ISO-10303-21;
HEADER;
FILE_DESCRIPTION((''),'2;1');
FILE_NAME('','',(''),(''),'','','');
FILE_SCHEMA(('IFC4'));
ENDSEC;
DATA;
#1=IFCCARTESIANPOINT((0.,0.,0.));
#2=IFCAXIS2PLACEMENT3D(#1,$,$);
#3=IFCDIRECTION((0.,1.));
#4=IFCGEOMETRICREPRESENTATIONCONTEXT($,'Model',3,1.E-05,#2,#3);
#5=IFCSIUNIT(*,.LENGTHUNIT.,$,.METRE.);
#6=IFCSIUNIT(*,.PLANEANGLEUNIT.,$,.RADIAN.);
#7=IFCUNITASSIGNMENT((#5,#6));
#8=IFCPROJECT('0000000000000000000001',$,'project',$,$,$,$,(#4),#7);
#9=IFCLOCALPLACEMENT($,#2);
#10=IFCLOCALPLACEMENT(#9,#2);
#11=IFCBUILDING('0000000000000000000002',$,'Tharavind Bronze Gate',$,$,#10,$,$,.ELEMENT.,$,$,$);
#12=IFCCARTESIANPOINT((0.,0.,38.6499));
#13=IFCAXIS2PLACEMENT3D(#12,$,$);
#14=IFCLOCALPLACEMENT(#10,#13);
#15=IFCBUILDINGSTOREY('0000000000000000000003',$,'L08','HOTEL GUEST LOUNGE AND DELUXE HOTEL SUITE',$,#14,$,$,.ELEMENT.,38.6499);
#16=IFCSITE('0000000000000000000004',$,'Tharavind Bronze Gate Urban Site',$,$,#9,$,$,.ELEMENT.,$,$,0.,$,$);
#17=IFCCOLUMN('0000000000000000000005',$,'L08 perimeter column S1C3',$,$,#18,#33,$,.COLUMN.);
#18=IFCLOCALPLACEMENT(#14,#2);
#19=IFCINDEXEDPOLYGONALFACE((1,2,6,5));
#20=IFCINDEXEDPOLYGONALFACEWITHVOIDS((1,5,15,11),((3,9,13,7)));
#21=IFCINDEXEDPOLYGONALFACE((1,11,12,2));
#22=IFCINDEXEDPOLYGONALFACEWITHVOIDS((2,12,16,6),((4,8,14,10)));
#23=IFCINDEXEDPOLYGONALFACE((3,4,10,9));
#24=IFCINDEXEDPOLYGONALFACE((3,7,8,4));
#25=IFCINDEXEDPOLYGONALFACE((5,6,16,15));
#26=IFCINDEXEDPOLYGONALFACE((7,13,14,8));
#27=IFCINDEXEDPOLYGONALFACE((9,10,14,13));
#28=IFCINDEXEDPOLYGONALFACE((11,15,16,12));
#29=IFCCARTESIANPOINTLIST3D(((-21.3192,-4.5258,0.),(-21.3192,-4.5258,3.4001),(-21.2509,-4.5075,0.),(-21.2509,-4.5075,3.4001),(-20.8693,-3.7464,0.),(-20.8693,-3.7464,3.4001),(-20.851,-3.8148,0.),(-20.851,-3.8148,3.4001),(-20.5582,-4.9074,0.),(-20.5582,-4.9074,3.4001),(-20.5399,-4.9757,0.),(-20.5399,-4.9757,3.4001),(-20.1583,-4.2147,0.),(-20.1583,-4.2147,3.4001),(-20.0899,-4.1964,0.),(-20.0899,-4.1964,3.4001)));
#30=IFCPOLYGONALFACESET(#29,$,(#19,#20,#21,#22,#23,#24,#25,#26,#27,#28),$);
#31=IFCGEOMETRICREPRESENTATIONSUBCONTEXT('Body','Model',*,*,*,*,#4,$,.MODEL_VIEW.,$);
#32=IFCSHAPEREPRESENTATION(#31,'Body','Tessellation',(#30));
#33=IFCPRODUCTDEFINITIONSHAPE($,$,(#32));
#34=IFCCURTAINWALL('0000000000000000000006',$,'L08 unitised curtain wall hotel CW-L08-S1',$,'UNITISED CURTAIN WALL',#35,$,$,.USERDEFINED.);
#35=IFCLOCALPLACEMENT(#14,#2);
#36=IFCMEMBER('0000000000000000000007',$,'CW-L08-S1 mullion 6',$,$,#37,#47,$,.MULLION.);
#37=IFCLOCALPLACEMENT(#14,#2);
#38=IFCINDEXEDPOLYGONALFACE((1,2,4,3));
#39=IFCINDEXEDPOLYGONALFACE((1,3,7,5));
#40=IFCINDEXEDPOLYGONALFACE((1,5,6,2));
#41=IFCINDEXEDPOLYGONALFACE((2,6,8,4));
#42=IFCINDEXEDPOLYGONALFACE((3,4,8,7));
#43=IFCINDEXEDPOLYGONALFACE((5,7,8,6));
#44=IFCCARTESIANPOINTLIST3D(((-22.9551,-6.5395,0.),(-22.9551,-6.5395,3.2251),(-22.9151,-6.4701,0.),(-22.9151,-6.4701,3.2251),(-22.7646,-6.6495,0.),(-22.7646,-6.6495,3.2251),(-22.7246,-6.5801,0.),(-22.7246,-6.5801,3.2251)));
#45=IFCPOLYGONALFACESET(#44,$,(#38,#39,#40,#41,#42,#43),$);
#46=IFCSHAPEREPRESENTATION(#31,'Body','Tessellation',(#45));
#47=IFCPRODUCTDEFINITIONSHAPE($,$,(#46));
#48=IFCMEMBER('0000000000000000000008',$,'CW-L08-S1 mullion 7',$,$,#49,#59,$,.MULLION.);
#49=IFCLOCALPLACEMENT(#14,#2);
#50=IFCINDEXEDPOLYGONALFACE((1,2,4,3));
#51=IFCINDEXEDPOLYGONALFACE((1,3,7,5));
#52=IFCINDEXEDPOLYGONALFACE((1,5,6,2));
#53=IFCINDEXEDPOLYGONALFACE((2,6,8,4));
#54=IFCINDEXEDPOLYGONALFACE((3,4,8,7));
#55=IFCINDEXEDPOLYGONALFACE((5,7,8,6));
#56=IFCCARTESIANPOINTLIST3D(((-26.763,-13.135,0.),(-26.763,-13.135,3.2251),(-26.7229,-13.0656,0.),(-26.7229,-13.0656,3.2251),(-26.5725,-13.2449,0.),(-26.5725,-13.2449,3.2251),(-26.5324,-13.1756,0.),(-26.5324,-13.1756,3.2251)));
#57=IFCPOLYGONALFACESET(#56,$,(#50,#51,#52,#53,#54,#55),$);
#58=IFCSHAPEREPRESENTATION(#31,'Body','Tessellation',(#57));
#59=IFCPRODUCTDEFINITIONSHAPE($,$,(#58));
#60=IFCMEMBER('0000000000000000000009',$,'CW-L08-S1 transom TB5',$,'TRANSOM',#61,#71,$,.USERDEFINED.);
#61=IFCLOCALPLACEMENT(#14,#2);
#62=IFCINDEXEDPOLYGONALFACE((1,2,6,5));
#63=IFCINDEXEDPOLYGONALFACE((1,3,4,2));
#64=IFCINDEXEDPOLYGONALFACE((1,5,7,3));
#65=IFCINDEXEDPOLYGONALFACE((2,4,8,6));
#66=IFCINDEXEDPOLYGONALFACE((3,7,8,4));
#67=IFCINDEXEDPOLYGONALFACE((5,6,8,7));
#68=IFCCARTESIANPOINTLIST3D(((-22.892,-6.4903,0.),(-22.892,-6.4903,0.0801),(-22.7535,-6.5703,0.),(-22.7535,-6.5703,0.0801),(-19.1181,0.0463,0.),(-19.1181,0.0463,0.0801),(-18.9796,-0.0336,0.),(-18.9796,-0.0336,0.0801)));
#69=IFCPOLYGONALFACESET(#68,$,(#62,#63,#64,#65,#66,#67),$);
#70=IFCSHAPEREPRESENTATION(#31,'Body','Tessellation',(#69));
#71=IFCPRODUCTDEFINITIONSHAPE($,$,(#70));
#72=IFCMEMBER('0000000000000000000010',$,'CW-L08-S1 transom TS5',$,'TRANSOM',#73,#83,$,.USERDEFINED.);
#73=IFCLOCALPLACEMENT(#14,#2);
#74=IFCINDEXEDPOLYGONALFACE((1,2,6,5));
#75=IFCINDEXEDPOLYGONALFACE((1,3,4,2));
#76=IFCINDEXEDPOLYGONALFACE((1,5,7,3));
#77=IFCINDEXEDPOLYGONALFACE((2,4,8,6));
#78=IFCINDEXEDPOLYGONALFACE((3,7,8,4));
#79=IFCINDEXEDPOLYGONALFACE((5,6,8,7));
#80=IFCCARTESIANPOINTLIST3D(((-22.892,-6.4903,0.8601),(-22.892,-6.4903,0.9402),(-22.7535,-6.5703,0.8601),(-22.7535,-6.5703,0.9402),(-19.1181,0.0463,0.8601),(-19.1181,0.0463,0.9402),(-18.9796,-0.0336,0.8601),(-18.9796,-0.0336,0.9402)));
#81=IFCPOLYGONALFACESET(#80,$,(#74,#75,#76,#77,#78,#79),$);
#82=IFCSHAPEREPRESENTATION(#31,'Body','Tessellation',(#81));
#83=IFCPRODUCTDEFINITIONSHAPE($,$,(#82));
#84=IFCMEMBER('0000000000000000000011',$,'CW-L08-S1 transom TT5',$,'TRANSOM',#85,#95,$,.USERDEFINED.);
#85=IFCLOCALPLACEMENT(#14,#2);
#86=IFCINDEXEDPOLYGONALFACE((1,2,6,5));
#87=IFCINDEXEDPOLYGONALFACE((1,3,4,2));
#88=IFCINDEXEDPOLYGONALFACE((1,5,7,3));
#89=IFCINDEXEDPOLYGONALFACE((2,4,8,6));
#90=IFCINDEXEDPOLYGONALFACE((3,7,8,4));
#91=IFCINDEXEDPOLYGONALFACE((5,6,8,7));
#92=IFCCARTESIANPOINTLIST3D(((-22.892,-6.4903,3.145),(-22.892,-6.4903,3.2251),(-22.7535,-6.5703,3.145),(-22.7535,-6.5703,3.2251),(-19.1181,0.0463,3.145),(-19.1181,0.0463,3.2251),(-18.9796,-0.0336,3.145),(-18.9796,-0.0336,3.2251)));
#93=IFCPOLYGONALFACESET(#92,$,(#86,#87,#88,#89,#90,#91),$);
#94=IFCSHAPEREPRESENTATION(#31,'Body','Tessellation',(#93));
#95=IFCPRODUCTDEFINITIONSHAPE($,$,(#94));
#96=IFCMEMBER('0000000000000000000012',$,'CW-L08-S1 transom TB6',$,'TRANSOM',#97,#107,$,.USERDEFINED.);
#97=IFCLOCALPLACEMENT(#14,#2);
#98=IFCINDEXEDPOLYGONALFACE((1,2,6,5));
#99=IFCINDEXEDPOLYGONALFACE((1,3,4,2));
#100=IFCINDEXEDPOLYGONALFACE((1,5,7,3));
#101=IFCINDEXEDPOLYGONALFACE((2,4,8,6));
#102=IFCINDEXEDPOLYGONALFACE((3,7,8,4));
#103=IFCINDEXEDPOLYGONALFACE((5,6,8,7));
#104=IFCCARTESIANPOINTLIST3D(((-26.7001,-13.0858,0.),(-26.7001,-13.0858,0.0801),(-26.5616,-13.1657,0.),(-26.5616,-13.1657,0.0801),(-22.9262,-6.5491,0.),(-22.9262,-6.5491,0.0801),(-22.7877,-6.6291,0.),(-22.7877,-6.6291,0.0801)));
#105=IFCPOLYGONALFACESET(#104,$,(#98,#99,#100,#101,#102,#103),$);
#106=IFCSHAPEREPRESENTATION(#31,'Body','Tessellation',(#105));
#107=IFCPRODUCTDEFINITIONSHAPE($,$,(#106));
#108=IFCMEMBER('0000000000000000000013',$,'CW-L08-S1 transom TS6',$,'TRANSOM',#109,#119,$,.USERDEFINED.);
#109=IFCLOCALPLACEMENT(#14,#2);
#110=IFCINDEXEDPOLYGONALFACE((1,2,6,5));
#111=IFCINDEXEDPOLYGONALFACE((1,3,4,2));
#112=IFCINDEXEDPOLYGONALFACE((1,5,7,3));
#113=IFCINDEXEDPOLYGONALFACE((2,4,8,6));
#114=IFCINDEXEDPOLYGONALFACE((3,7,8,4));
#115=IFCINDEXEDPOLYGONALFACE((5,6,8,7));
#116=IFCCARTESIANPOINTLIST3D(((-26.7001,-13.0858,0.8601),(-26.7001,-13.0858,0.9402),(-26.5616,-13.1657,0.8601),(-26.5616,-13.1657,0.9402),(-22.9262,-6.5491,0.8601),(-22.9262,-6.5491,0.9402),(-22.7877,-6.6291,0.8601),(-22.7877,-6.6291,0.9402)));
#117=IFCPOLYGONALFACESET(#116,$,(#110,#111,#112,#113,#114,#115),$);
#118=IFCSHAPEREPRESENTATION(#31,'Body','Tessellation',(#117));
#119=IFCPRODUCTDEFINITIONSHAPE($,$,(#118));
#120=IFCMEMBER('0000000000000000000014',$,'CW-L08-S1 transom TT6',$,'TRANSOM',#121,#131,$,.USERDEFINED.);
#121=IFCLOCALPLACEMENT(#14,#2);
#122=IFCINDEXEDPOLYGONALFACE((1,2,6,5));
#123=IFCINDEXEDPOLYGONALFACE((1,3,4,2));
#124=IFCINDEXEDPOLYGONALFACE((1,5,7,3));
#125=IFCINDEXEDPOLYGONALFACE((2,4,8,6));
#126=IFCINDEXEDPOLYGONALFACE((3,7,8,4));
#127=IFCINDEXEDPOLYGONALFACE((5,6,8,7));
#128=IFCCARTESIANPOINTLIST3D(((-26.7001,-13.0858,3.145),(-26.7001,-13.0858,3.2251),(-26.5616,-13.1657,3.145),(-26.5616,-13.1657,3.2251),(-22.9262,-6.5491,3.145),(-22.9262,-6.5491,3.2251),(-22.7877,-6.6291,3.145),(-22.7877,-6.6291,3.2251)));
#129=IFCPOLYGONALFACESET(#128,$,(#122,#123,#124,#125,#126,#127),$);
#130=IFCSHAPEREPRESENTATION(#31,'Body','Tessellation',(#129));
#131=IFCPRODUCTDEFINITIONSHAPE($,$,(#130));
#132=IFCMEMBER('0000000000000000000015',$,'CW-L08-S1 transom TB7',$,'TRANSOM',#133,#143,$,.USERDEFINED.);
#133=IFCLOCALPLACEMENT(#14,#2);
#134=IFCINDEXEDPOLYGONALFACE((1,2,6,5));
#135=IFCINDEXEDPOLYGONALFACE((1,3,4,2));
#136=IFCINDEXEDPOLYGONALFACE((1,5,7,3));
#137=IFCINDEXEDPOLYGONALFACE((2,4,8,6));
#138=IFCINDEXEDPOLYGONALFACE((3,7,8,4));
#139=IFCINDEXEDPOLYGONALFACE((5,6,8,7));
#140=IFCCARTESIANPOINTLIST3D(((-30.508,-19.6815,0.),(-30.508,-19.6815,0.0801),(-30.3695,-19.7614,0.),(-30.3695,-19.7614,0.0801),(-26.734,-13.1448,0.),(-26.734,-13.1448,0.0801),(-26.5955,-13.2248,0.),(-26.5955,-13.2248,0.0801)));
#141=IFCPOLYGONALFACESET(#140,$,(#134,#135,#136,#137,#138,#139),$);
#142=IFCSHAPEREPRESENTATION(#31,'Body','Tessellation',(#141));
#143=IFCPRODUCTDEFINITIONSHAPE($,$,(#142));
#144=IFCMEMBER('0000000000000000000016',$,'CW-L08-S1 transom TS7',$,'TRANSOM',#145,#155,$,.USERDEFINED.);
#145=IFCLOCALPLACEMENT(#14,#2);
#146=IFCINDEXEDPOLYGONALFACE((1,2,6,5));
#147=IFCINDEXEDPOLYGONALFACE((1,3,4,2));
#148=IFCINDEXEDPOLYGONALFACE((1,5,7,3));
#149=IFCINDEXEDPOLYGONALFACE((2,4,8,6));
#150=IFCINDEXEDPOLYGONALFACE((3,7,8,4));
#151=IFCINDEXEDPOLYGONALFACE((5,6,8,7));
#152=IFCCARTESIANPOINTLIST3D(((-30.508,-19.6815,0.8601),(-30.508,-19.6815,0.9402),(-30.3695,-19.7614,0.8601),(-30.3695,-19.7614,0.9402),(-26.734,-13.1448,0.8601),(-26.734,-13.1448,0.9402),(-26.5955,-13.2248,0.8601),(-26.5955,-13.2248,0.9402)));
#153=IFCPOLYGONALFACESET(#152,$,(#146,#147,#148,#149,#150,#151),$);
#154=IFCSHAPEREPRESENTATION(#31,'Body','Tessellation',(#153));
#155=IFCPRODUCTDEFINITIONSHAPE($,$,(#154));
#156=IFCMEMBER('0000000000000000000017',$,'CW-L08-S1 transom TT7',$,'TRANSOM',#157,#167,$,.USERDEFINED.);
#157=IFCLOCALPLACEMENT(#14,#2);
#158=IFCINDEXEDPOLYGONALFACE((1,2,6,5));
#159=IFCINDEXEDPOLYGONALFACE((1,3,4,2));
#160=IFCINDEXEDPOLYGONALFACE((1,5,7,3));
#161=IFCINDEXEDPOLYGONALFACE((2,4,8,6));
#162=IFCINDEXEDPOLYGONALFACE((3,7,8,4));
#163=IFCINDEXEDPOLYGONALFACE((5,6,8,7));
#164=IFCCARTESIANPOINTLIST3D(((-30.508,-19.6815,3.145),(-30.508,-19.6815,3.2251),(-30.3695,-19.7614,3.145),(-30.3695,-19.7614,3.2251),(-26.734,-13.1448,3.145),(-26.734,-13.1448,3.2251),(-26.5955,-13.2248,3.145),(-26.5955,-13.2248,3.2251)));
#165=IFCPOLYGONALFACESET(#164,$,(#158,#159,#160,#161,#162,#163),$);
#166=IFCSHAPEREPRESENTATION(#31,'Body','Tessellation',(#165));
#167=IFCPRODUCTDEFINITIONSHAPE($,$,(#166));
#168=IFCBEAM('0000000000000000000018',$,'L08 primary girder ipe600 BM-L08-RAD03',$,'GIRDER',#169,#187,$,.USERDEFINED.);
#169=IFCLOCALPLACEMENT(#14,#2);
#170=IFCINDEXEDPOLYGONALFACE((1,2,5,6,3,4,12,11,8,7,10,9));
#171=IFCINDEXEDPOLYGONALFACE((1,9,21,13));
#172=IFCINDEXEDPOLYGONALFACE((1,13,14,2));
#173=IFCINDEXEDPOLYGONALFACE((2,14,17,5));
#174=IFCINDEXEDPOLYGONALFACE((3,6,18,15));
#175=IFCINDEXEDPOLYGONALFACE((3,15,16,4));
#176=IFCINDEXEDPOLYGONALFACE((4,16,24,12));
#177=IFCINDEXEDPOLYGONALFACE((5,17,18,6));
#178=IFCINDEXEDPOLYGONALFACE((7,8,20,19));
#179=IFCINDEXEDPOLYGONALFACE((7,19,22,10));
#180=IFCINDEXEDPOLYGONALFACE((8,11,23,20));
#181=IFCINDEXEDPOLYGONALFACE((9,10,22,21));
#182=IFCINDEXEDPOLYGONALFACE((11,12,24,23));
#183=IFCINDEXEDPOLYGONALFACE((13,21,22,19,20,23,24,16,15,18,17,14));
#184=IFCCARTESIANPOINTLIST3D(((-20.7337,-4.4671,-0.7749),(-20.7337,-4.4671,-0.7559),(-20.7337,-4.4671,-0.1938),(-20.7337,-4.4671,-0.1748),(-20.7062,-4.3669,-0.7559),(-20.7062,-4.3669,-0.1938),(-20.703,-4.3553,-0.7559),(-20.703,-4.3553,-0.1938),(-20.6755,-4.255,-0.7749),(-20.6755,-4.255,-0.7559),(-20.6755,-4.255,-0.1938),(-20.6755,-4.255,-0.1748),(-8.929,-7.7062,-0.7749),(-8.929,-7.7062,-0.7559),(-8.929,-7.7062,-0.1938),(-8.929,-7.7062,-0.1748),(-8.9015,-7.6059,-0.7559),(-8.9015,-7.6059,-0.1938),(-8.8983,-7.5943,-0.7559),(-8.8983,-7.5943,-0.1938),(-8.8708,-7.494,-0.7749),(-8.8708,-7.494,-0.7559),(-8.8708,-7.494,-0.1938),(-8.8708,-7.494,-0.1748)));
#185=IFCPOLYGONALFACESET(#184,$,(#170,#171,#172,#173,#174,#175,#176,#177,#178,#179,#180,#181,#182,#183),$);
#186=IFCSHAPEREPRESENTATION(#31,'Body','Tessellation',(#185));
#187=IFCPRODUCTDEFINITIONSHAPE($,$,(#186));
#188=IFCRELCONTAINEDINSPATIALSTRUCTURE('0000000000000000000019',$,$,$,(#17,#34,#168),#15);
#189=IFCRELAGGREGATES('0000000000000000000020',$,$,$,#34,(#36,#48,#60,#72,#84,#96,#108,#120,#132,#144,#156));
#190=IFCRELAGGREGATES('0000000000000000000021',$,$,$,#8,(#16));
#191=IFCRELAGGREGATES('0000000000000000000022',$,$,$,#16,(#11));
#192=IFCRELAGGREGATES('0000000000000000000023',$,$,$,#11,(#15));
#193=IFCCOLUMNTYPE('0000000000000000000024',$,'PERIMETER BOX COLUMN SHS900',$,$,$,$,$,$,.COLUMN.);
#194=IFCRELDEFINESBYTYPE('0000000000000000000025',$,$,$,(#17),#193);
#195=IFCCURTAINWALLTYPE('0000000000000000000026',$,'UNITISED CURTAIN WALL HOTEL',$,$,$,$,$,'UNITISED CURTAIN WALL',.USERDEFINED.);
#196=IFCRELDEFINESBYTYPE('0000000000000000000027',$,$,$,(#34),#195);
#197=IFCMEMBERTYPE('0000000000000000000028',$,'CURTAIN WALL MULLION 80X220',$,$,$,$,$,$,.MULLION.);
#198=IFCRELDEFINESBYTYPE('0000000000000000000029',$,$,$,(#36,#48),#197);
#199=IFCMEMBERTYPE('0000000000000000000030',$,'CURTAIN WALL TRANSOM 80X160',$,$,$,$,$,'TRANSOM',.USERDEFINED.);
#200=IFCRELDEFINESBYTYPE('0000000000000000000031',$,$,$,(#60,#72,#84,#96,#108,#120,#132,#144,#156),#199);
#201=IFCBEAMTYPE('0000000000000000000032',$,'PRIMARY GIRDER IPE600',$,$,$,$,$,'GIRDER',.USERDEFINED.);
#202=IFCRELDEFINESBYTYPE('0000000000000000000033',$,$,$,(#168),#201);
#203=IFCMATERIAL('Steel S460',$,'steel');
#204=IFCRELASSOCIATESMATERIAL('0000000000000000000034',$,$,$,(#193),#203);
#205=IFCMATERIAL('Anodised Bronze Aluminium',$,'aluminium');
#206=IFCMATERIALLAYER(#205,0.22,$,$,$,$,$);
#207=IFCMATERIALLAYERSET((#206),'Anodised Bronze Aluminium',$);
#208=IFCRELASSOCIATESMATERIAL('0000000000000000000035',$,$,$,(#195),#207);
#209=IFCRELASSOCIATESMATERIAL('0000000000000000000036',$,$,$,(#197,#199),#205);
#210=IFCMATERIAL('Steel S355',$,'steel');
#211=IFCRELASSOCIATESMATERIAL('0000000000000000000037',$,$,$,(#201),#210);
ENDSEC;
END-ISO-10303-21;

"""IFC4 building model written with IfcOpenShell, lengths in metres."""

from ifc_helpers import new_model, si_unit, direction, frame, origin, origin_2d, place, context, subcontext, project, spatial, rectangle, hollow_rectangle, i_section, extrude, material, layer, layer_set, material_profile, profile_set, type_object, element, aggregate, save


model = new_model("IFC4")

# Units and contexts
model_context = context("Model", 3, precision=1e-05, world=origin(), true_north=direction((0.0, 1.0)))
body_context = subcontext(model_context, "Body", "Model", "MODEL_VIEW")
ifc_project = project(units=[si_unit("LENGTHUNIT", "METRE"), si_unit("PLANEANGLEUNIT", "RADIAN")], contexts=[model_context])

# Site, building, storey
site_placement = place(None, origin())
site = spatial("IfcSite", under=ifc_project, at=site_placement, Name="Tharavind Bronze Gate Urban Site", CompositionType="ELEMENT", RefElevation=0.0)
building_placement = place(site_placement, origin())
building = spatial("IfcBuilding", under=site, at=building_placement, Name="Tharavind Bronze Gate", CompositionType="ELEMENT")
storey_placement = place(building_placement, frame((0.0, 0.0, 38.6499)))
storey = spatial("IfcBuildingStorey", under=building, at=storey_placement, Name="L08", Description="HOTEL GUEST LOUNGE AND DELUXE HOTEL SUITE", CompositionType="ELEMENT", Elevation=38.6499)

# Column
ifc_material_1 = material(Name="Steel S460", Category="steel")
ifc_material_profile_1 = material_profile(ifc_material_1, hollow_rectangle(XDim=0.8999, YDim=0.8999, WallThickness=0.05, at=origin_2d()), Name="SHS900X50")
ifc_profile_set_1 = profile_set([ifc_material_profile_1], Name="Steel S460")
column_type = type_object("IfcColumnType", Name="PERIMETER BOX COLUMN SHS900", PredefinedType="COLUMN", material=ifc_profile_set_1)
column_placement = place(storey_placement, frame((-20.7046, -4.3611, 0.0), z_axis=(0.0, 0.0, 1.0), x_axis=(0.500002, 0.866025, 0.0)))
element("IfcColumn", 1, at=column_placement, inside=storey, type_object=column_type, Name="L08 perimeter column S1C3", PredefinedType="COLUMN", context=body_context, shape_type="SweptSolid", body=[
    extrude(hollow_rectangle(XDim=0.8999, YDim=0.8999, WallThickness=0.05, at=origin_2d()), origin(), (0.0, 0.0, 1.0), 3.4001),
])

# Curtain wall, members
ifc_material_2 = material(Name="Anodised Bronze Aluminium", Category="aluminium")
ifc_layer_1 = layer(ifc_material_2, 0.22)
ifc_layer_set_1 = layer_set([ifc_layer_1], Name="Anodised Bronze Aluminium")
curtain_wall_type = type_object("IfcCurtainWallType", Name="UNITISED CURTAIN WALL HOTEL", ElementType="UNITISED CURTAIN WALL", PredefinedType="USERDEFINED", material=ifc_layer_set_1)
curtain_wall_placement = place(storey_placement, origin())
curtain_wall = element("IfcCurtainWall", 2, at=curtain_wall_placement, inside=storey, type_object=curtain_wall_type, Name="L08 unitised curtain wall hotel CW-L08-S1", ObjectType="UNITISED CURTAIN WALL", PredefinedType="USERDEFINED")
member_type_1 = type_object("IfcMemberType", Name="CURTAIN WALL MULLION 80X220", PredefinedType="MULLION", material=ifc_material_2)
member_1_placement = place(storey_placement, frame((-22.8398, -6.5598, 0.0), z_axis=(0.0, 0.0, 1.0), x_axis=(-0.500002, -0.866025, 0.0)))
member_1 = element("IfcMember", 3, at=member_1_placement, type_object=member_type_1, Name="CW-L08-S1 mullion 6", PredefinedType="MULLION", context=body_context, shape_type="SweptSolid", body=[
    extrude(rectangle(XDim=0.0801, YDim=0.22, at=origin_2d()), origin(), (0.0, 0.0, 1.0), 3.2251),
])
member_2_placement = place(storey_placement, frame((-26.6477, -13.1553, 0.0), z_axis=(0.0, 0.0, 1.0), x_axis=(-0.500002, -0.866025, 0.0)))
member_2 = element("IfcMember", 4, at=member_2_placement, type_object=member_type_1, Name="CW-L08-S1 mullion 7", PredefinedType="MULLION", context=body_context, shape_type="SweptSolid", body=[
    extrude(rectangle(XDim=0.0801, YDim=0.22, at=origin_2d()), origin(), (0.0, 0.0, 1.0), 3.2251),
])
member_type_2 = type_object("IfcMemberType", Name="CURTAIN WALL TRANSOM 80X160", ElementType="TRANSOM", PredefinedType="USERDEFINED", material=ifc_material_2)
member_3_placement = place(storey_placement, frame((-20.9358, -3.262, 0.0), z_axis=(0.0, 0.0, 1.0), x_axis=(-0.500002, -0.866025, 0.0)))
member_3 = element("IfcMember", 5, at=member_3_placement, type_object=member_type_2, Name="CW-L08-S1 transom TB5", ObjectType="TRANSOM", PredefinedType="USERDEFINED", context=body_context, shape_type="SweptSolid", body=[
    extrude(rectangle(XDim=7.5479, YDim=0.1599, at=origin_2d()), origin(), (0.0, 0.0, 1.0), 0.0801),
])
member_4_placement = place(storey_placement, frame((-20.9358, -3.262, 0.8601), z_axis=(0.0, 0.0, 1.0), x_axis=(-0.500002, -0.866025, 0.0)))
member_4 = element("IfcMember", 6, at=member_4_placement, type_object=member_type_2, Name="CW-L08-S1 transom TS5", ObjectType="TRANSOM", PredefinedType="USERDEFINED", context=body_context, shape_type="SweptSolid", body=[
    extrude(rectangle(XDim=7.5479, YDim=0.1599, at=origin_2d()), origin(), (0.0, 0.0, 1.0), 0.0801),
])
member_5_placement = place(storey_placement, frame((-20.9358, -3.262, 3.145), z_axis=(0.0, 0.0, 1.0), x_axis=(-0.500002, -0.866025, 0.0)))
member_5 = element("IfcMember", 7, at=member_5_placement, type_object=member_type_2, Name="CW-L08-S1 transom TT5", ObjectType="TRANSOM", PredefinedType="USERDEFINED", context=body_context, shape_type="SweptSolid", body=[
    extrude(rectangle(XDim=7.5479, YDim=0.1599, at=origin_2d()), origin(), (0.0, 0.0, 1.0), 0.0801),
])
member_6_placement = place(storey_placement, frame((-24.7439, -9.8574, 0.0), z_axis=(0.0, 0.0, 1.0), x_axis=(-0.500002, -0.866025, 0.0)))
member_6 = element("IfcMember", 8, at=member_6_placement, type_object=member_type_2, Name="CW-L08-S1 transom TB6", ObjectType="TRANSOM", PredefinedType="USERDEFINED", context=body_context, shape_type="SweptSolid", body=[
    extrude(rectangle(XDim=7.5479, YDim=0.1599, at=origin_2d()), origin(), (0.0, 0.0, 1.0), 0.0801),
])
member_7_placement = place(storey_placement, frame((-24.7439, -9.8574, 0.8601), z_axis=(0.0, 0.0, 1.0), x_axis=(-0.500002, -0.866025, 0.0)))
member_7 = element("IfcMember", 9, at=member_7_placement, type_object=member_type_2, Name="CW-L08-S1 transom TS6", ObjectType="TRANSOM", PredefinedType="USERDEFINED", context=body_context, shape_type="SweptSolid", body=[
    extrude(rectangle(XDim=7.5479, YDim=0.1599, at=origin_2d()), origin(), (0.0, 0.0, 1.0), 0.0801),
])
member_8_placement = place(storey_placement, frame((-24.7439, -9.8574, 3.145), z_axis=(0.0, 0.0, 1.0), x_axis=(-0.500002, -0.866025, 0.0)))
member_8 = element("IfcMember", 10, at=member_8_placement, type_object=member_type_2, Name="CW-L08-S1 transom TT6", ObjectType="TRANSOM", PredefinedType="USERDEFINED", context=body_context, shape_type="SweptSolid", body=[
    extrude(rectangle(XDim=7.5479, YDim=0.1599, at=origin_2d()), origin(), (0.0, 0.0, 1.0), 0.0801),
])
member_9_placement = place(storey_placement, frame((-28.5518, -16.4531, 0.0), z_axis=(0.0, 0.0, 1.0), x_axis=(-0.500002, -0.866025, 0.0)))
member_9 = element("IfcMember", 11, at=member_9_placement, type_object=member_type_2, Name="CW-L08-S1 transom TB7", ObjectType="TRANSOM", PredefinedType="USERDEFINED", context=body_context, shape_type="SweptSolid", body=[
    extrude(rectangle(XDim=7.5479, YDim=0.1599, at=origin_2d()), origin(), (0.0, 0.0, 1.0), 0.0801),
])
member_10_placement = place(storey_placement, frame((-28.5518, -16.4531, 0.8601), z_axis=(0.0, 0.0, 1.0), x_axis=(-0.500002, -0.866025, 0.0)))
member_10 = element("IfcMember", 12, at=member_10_placement, type_object=member_type_2, Name="CW-L08-S1 transom TS7", ObjectType="TRANSOM", PredefinedType="USERDEFINED", context=body_context, shape_type="SweptSolid", body=[
    extrude(rectangle(XDim=7.5479, YDim=0.1599, at=origin_2d()), origin(), (0.0, 0.0, 1.0), 0.0801),
])
member_11_placement = place(storey_placement, frame((-28.5518, -16.4531, 3.145), z_axis=(0.0, 0.0, 1.0), x_axis=(-0.500002, -0.866025, 0.0)))
member_11 = element("IfcMember", 13, at=member_11_placement, type_object=member_type_2, Name="CW-L08-S1 transom TT7", ObjectType="TRANSOM", PredefinedType="USERDEFINED", context=body_context, shape_type="SweptSolid", body=[
    extrude(rectangle(XDim=7.5479, YDim=0.1599, at=origin_2d()), origin(), (0.0, 0.0, 1.0), 0.0801),
])

# Beam
ifc_material_3 = material(Name="Steel S355", Category="steel")
ifc_material_profile_2 = material_profile(ifc_material_3, i_section(OverallWidth=0.22, OverallDepth=0.6001, WebThickness=0.012, FlangeThickness=0.019, at=origin_2d()), Name="IPE600")
ifc_profile_set_2 = profile_set([ifc_material_profile_2], Name="Steel S355")
beam_type_1 = type_object("IfcBeamType", Name="PRIMARY GIRDER IPE600", ElementType="GIRDER", PredefinedType="USERDEFINED", material=ifc_profile_set_2)
beam_1_placement = place(storey_placement, frame((-20.7046, -4.3611, -0.4749), z_axis=(0.964357, -0.264604, 0.0), x_axis=(0.264604, 0.964357, 0.0)))
element("IfcBeam", 14, at=beam_1_placement, inside=storey, type_object=beam_type_1, Name="L08 primary girder ipe600 BM-L08-RAD03", ObjectType="GIRDER", PredefinedType="USERDEFINED", context=body_context, shape_type="SweptSolid", body=[
    extrude(i_section(OverallWidth=0.22, OverallDepth=0.6001, WebThickness=0.012, FlangeThickness=0.019, at=origin_2d()), origin(), (0.0, 0.0, 1.0), 12.241),
])

aggregate(curtain_wall, [member_1, member_2, member_3, member_4, member_5, member_6, member_7, member_8, member_9, member_10, member_11])

save(model, "model.ifc")
